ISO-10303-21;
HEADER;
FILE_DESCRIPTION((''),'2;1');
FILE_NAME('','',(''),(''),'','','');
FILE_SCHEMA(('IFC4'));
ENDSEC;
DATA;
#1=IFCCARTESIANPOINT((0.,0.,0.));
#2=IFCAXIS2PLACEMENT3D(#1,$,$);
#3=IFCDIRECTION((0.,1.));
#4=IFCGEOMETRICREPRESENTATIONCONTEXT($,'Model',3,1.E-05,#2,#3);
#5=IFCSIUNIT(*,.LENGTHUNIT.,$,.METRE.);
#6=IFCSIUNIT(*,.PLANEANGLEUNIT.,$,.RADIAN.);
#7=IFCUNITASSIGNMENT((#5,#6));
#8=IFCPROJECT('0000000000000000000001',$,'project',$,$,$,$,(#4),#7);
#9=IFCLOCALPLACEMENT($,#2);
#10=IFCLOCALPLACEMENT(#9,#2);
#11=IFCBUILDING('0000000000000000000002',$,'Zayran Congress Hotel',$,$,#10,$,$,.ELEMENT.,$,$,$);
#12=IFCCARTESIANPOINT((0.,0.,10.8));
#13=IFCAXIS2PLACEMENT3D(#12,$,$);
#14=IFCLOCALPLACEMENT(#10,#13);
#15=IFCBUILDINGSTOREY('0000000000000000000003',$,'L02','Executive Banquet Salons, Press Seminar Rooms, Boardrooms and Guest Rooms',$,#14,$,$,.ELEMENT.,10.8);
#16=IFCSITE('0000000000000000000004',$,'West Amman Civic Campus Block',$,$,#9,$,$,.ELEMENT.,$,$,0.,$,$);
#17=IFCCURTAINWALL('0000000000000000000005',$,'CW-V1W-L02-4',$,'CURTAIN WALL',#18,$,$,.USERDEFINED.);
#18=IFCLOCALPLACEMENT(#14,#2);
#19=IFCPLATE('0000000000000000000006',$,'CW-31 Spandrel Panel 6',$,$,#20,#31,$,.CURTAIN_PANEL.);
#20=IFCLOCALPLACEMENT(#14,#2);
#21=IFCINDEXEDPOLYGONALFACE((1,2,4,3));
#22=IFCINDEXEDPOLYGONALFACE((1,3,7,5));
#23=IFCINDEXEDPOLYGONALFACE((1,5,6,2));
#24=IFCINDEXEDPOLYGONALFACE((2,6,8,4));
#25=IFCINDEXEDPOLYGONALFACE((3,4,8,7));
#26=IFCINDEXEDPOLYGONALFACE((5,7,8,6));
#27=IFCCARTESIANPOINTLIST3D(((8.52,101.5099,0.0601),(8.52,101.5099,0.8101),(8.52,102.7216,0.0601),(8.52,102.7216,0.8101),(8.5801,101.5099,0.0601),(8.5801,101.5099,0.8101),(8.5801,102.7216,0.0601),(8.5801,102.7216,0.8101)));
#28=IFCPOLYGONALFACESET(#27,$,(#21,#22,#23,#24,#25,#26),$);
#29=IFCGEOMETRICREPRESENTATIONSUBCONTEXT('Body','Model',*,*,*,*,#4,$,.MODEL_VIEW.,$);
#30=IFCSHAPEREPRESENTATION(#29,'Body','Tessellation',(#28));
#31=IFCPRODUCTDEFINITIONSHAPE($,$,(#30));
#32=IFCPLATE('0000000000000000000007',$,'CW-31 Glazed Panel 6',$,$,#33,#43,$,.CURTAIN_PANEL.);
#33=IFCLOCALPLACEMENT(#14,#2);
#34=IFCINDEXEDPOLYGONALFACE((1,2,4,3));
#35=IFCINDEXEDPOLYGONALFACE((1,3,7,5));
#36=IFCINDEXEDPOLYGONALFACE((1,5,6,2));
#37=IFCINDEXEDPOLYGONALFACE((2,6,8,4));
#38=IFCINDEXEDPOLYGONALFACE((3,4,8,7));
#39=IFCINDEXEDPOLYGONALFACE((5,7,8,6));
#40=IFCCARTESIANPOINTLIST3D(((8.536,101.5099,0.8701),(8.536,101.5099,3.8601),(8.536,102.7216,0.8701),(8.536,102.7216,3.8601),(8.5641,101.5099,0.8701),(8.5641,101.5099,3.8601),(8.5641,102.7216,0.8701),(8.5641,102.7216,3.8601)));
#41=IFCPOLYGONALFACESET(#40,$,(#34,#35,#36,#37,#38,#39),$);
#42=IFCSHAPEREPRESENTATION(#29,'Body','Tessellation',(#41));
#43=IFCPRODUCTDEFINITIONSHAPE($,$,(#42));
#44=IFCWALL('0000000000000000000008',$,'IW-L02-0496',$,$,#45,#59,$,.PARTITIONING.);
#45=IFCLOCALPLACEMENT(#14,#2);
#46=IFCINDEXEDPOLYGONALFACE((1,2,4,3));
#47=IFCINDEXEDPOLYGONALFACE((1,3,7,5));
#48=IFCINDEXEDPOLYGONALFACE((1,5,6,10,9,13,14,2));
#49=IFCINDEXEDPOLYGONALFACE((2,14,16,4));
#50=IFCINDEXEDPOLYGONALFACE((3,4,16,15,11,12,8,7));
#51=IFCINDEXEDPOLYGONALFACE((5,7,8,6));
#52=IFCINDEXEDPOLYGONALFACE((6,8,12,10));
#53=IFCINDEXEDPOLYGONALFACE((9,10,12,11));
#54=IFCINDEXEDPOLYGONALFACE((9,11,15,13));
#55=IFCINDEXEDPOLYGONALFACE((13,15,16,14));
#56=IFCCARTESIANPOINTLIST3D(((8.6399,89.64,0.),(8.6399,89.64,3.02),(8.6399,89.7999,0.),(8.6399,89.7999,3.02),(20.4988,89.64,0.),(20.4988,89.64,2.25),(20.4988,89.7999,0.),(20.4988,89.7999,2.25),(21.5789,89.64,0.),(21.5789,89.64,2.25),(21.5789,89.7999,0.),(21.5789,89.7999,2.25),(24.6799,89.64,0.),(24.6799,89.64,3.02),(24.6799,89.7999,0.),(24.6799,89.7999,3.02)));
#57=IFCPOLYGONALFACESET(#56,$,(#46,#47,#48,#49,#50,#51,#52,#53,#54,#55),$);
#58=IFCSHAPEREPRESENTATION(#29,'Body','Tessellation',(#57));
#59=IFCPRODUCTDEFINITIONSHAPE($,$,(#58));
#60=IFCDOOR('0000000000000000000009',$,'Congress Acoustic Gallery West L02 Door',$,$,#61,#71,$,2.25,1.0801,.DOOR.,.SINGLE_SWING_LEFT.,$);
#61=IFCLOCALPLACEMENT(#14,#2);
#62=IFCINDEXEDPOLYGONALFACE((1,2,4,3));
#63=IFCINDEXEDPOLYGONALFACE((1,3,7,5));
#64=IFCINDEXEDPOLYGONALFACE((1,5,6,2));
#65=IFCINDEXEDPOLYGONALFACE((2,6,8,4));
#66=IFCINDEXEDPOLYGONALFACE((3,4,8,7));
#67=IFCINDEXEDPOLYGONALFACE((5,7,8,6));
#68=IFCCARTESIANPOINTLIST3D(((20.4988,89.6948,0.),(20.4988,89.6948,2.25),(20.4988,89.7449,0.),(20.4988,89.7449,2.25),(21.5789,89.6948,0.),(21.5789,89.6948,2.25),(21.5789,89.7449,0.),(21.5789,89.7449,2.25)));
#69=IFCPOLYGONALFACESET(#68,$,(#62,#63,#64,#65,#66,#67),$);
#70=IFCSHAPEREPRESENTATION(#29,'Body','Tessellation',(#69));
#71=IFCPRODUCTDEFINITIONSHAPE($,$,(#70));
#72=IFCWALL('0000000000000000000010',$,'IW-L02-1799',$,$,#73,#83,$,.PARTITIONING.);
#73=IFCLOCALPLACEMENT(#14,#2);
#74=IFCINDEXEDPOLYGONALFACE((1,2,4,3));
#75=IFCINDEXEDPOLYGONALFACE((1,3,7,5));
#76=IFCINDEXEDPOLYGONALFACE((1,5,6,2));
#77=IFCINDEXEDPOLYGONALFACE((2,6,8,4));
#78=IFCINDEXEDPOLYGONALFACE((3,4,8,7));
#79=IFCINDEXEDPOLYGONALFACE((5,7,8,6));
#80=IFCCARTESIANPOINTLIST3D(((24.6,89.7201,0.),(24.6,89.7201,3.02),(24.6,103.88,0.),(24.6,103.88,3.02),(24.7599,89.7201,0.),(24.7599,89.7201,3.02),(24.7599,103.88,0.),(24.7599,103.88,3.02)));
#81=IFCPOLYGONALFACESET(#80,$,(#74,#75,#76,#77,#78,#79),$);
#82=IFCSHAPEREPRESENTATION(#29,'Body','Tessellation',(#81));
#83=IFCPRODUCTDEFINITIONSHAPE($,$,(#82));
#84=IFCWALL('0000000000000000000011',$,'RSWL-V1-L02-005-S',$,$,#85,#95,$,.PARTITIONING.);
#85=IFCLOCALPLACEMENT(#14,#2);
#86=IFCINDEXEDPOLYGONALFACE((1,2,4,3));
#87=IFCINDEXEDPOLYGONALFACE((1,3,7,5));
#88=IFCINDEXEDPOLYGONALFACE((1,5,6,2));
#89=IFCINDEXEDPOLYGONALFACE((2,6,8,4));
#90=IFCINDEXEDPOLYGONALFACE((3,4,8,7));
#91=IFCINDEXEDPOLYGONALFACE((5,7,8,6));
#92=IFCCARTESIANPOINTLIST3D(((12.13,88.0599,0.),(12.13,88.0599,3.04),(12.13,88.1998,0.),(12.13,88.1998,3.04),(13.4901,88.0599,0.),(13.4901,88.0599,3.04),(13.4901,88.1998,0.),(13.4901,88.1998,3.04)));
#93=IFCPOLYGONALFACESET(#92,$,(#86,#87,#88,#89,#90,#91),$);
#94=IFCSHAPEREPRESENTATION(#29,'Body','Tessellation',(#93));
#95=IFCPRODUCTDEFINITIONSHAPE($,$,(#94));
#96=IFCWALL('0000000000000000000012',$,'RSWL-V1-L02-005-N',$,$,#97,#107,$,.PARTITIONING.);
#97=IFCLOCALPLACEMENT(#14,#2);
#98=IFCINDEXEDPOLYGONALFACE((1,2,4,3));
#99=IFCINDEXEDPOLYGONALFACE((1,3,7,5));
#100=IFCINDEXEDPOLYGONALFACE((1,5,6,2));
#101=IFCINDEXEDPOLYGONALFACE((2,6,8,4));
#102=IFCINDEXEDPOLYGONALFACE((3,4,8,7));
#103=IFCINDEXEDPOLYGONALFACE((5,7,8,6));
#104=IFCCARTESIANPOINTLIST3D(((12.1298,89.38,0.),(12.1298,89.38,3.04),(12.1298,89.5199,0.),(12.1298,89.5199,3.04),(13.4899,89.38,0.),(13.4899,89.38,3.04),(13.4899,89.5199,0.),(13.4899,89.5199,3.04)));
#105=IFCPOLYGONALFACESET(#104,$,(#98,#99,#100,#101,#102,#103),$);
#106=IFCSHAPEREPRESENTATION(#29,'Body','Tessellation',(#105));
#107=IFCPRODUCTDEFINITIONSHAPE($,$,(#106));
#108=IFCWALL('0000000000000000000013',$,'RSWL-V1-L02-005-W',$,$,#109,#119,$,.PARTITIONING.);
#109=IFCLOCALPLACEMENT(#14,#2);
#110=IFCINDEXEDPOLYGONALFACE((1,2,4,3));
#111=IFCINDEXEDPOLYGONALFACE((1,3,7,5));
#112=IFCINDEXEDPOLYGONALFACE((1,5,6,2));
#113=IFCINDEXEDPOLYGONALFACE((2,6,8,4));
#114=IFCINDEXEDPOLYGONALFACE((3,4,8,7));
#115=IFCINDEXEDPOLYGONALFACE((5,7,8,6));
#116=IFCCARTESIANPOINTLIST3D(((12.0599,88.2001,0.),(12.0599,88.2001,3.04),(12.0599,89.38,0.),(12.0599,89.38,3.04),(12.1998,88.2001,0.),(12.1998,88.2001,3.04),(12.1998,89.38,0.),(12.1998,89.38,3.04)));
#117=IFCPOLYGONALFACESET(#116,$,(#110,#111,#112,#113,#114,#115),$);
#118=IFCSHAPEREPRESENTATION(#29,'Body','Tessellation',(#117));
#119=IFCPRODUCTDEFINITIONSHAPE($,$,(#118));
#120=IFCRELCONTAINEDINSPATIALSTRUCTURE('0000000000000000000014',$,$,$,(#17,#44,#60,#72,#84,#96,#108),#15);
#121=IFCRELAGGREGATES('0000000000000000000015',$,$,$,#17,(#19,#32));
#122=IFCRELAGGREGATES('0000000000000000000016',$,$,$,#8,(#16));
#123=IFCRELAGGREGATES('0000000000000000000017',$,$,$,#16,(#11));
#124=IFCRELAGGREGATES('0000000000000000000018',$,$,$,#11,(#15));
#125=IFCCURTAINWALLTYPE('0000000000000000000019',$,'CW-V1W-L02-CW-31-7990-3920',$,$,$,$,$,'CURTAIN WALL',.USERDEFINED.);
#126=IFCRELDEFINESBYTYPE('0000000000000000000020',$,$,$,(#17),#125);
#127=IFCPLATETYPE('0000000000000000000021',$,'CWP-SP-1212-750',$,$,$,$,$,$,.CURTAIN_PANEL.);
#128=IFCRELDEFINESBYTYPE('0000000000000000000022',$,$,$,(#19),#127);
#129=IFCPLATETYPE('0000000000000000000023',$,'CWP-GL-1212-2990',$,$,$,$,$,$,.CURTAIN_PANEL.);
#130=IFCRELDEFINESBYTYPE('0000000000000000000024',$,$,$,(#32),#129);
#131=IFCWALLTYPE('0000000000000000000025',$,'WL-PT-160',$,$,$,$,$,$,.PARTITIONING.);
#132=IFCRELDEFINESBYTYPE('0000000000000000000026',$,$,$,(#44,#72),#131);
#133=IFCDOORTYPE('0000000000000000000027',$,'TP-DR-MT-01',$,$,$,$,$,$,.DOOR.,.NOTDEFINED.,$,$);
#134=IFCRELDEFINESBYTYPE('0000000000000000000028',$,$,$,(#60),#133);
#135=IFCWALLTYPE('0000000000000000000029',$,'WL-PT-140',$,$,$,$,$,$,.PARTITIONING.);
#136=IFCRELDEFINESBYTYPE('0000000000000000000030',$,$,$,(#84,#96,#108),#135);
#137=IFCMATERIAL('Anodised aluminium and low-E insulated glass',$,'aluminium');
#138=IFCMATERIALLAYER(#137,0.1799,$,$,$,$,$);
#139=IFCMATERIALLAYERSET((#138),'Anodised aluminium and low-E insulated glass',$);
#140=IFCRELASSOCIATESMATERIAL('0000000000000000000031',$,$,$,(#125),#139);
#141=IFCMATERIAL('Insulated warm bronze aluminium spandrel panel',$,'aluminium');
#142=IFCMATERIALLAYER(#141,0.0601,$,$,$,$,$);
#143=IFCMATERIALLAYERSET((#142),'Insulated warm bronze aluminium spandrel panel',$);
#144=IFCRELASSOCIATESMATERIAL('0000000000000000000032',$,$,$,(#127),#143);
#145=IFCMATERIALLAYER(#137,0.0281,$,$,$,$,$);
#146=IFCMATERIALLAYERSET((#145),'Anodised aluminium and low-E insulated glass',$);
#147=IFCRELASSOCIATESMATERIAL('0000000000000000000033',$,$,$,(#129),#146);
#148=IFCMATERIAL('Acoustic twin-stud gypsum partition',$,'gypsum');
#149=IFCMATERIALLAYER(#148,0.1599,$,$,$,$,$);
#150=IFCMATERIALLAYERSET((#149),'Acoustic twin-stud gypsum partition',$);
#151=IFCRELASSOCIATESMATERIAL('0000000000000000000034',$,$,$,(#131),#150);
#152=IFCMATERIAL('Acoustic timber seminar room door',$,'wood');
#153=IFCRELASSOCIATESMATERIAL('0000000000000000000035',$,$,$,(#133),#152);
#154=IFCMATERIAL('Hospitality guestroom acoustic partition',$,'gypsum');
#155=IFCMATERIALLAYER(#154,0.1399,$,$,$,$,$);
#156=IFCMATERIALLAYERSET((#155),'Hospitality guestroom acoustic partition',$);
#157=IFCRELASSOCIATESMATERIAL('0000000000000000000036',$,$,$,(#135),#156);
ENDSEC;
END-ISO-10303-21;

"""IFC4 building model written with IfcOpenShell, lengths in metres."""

from ifc_helpers import new_model, si_unit, direction, frame, frame_2d, origin, origin_2d, place, context, subcontext, project, spatial, rectangle, extrude, material, layer, layer_set, type_object, element, fill, aggregate, save


model = new_model("IFC4")

# Units and contexts
model_context = context("Model", 3, precision=1e-05, world=origin(), true_north=direction((0.0, 1.0)))
body_context = subcontext(model_context, "Body", "Model", "MODEL_VIEW")
ifc_project = project(units=[si_unit("LENGTHUNIT", "METRE"), si_unit("PLANEANGLEUNIT", "RADIAN")], contexts=[model_context])

# Site, building, storey
site_placement = place(None, origin())
site = spatial("IfcSite", under=ifc_project, at=site_placement, Name="West Amman Civic Campus Block", CompositionType="ELEMENT", RefElevation=0.0)
building_placement = place(site_placement, origin())
building = spatial("IfcBuilding", under=site, at=building_placement, Name="Zayran Congress Hotel", CompositionType="ELEMENT")
storey_placement = place(building_placement, frame((0.0, 0.0, 10.8)))
storey = spatial("IfcBuildingStorey", under=building, at=storey_placement, Name="L02", Description="Executive Banquet Salons, Press Seminar Rooms, Boardrooms and Guest Rooms", CompositionType="ELEMENT", Elevation=10.8)

# Curtain wall
ifc_material_1 = material(Name="Anodised aluminium and low-E insulated glass", Category="aluminium")
ifc_layer_1 = layer(ifc_material_1, 0.1799)
ifc_layer_set_1 = layer_set([ifc_layer_1], Name="Anodised aluminium and low-E insulated glass")
curtain_wall_type_1 = type_object("IfcCurtainWallType", Name="CW-V1W-L02-CW-31-7990-3920", ElementType="CURTAIN WALL", PredefinedType="USERDEFINED", material=ifc_layer_set_1)
curtain_wall_1_placement = place(storey_placement, origin())
curtain_wall_1 = element("IfcCurtainWall", 1, at=curtain_wall_1_placement, inside=storey, type_object=curtain_wall_type_1, Name="CW-V1W-L02-4", ObjectType="CURTAIN WALL", PredefinedType="USERDEFINED")

# Plates
ifc_material_2 = material(Name="Insulated warm bronze aluminium spandrel panel", Category="aluminium")
ifc_layer_2 = layer(ifc_material_2, 0.0601)
ifc_layer_set_2 = layer_set([ifc_layer_2], Name="Insulated warm bronze aluminium spandrel panel")
plate_type_1 = type_object("IfcPlateType", Name="CWP-SP-1212-750", PredefinedType="CURTAIN_PANEL", material=ifc_layer_set_2)
plate_1_placement = place(storey_placement, frame((8.55, 102.1157, 0.0601), z_axis=(0.0, 0.0, 1.0), x_axis=(0.0, 1.0, 0.0)))
plate_1 = element("IfcPlate", 2, at=plate_1_placement, type_object=plate_type_1, Name="CW-31 Spandrel Panel 6", PredefinedType="CURTAIN_PANEL", context=body_context, shape_type="SweptSolid", body=[
    extrude(rectangle(XDim=1.2117, YDim=0.0601, at=origin_2d()), origin(), (0.0, 0.0, 1.0), 0.75),
])
ifc_layer_3 = layer(ifc_material_1, 0.0281)
ifc_layer_set_3 = layer_set([ifc_layer_3], Name="Anodised aluminium and low-E insulated glass")
plate_type_2 = type_object("IfcPlateType", Name="CWP-GL-1212-2990", PredefinedType="CURTAIN_PANEL", material=ifc_layer_set_3)
plate_2_placement = place(storey_placement, frame((8.55, 102.1157, 0.8701), z_axis=(0.0, 0.0, 1.0), x_axis=(0.0, 1.0, 0.0)))
plate_2 = element("IfcPlate", 3, at=plate_2_placement, type_object=plate_type_2, Name="CW-31 Glazed Panel 6", PredefinedType="CURTAIN_PANEL", context=body_context, shape_type="SweptSolid", body=[
    extrude(rectangle(XDim=1.2117, YDim=0.0281, at=origin_2d()), origin(), (0.0, 0.0, 1.0), 2.99),
])
aggregate(curtain_wall_1, [plate_1, plate_2])

# Wall, opening, door
ifc_material_3 = material(Name="Acoustic twin-stud gypsum partition", Category="gypsum")
ifc_layer_4 = layer(ifc_material_3, 0.1599)
ifc_layer_set_4 = layer_set([ifc_layer_4], Name="Acoustic twin-stud gypsum partition")
wall_type_1 = type_object("IfcWallType", Name="WL-PT-160", PredefinedType="PARTITIONING", material=ifc_layer_set_4)
wall_1_placement = place(storey_placement, frame((8.6399, 89.72, 0.0), z_axis=(0.0, 0.0, 1.0), x_axis=(1.0, 0.0, 0.0)))
wall_1 = element("IfcWall", 4, at=wall_1_placement, inside=storey, type_object=wall_type_1, Name="IW-L02-0496", PredefinedType="PARTITIONING", context=body_context, shape_type="SweptSolid", body=[
    extrude(rectangle(XDim=16.04, YDim=0.1599, at=frame_2d((8.02, 0.0))), origin(), (0.0, 0.0, 1.0), 3.02),
])
opening_placement = place(wall_1_placement, frame((11.8589, 0.0, 0.0)))
opening = element("IfcOpeningElement", 5, at=opening_placement, cuts=wall_1, PredefinedType="OPENING", context=body_context, shape_type="SweptSolid", body=[
    extrude(rectangle(XDim=1.0801, YDim=2.25, at=frame_2d((0.54, 1.125))), frame((0.0, 0.0898, 0.0), z_axis=(0.0, -1.0, 0.0), x_axis=(1.0, 0.0, 0.0)), (0.0, 0.0, 1.0), 0.1799),
])
ifc_material_4 = material(Name="Acoustic timber seminar room door", Category="wood")
door_type = type_object("IfcDoorType", Name="TP-DR-MT-01", OperationType="NOTDEFINED", PredefinedType="DOOR", material=ifc_material_4)
door_placement = place(opening_placement, origin())
door = element("IfcDoor", 6, at=door_placement, inside=storey, type_object=door_type, Name="Congress Acoustic Gallery West L02 Door", OperationType="SINGLE_SWING_LEFT", OverallHeight=2.25, OverallWidth=1.0801, PredefinedType="DOOR", context=body_context, shape_type="SweptSolid", body=[
    extrude(rectangle(XDim=1.0801, YDim=2.25, at=frame_2d((0.54, 1.125))), frame((0.0, 0.0249, 0.0), z_axis=(0.0, -1.0, 0.0), x_axis=(1.0, 0.0, 0.0)), (0.0, 0.0, 1.0), 0.05),
])
fill(opening, door)

# Walls
wall_2_placement = place(storey_placement, frame((24.6799, 89.72, 0.0), z_axis=(0.0, 0.0, 1.0), x_axis=(0.0, 1.0, 0.0)))
element("IfcWall", 7, at=wall_2_placement, inside=storey, type_object=wall_type_1, Name="IW-L02-1799", PredefinedType="PARTITIONING", context=body_context, shape_type="SweptSolid", body=[
    extrude(rectangle(XDim=14.1599, YDim=0.1599, at=frame_2d((7.0801, 0.0))), origin(), (0.0, 0.0, 1.0), 3.02),
])
ifc_material_5 = material(Name="Hospitality guestroom acoustic partition", Category="gypsum")
ifc_layer_5 = layer(ifc_material_5, 0.1399)
ifc_layer_set_5 = layer_set([ifc_layer_5], Name="Hospitality guestroom acoustic partition")
wall_type_2 = type_object("IfcWallType", Name="WL-PT-140", PredefinedType="PARTITIONING", material=ifc_layer_set_5)
for number, where, z_axis, x_axis, name in (
    (8, (12.1299, 88.1299, 0.0), (0.0, 0.0, 1.0), (1.0, 0.0, 0.0), "RSWL-V1-L02-005-S"),
    (9, (13.49, 89.45, 0.0), (0.0, 0.0, 1.0), (-1.0, 0.0, 0.0), "RSWL-V1-L02-005-N"),
):
    element("IfcWall", number, at=place(storey_placement, frame(where, z_axis=z_axis, x_axis=x_axis)), inside=storey, type_object=wall_type_2, Name=name, PredefinedType="PARTITIONING", context=body_context, shape_type="SweptSolid", body=[
        extrude(rectangle(XDim=1.3601, YDim=0.1399, at=frame_2d((0.6802, 0.0))), origin(), (0.0, 0.0, 1.0), 3.04),
    ])
for number, where, z_axis, x_axis, name in (
    (10, (12.1299, 89.3799, 0.0), (0.0, 0.0, 1.0), (0.0, -1.0, 0.0), "RSWL-V1-L02-005-W"),
):
    element("IfcWall", number, at=place(storey_placement, frame(where, z_axis=z_axis, x_axis=x_axis)), inside=storey, type_object=wall_type_2, Name=name, PredefinedType="PARTITIONING", context=body_context, shape_type="SweptSolid", body=[
        extrude(rectangle(XDim=1.1799, YDim=0.1399, at=frame_2d((0.5898, 0.0))), origin(), (0.0, 0.0, 1.0), 3.04),
    ])

save(model, "model.ifc")
